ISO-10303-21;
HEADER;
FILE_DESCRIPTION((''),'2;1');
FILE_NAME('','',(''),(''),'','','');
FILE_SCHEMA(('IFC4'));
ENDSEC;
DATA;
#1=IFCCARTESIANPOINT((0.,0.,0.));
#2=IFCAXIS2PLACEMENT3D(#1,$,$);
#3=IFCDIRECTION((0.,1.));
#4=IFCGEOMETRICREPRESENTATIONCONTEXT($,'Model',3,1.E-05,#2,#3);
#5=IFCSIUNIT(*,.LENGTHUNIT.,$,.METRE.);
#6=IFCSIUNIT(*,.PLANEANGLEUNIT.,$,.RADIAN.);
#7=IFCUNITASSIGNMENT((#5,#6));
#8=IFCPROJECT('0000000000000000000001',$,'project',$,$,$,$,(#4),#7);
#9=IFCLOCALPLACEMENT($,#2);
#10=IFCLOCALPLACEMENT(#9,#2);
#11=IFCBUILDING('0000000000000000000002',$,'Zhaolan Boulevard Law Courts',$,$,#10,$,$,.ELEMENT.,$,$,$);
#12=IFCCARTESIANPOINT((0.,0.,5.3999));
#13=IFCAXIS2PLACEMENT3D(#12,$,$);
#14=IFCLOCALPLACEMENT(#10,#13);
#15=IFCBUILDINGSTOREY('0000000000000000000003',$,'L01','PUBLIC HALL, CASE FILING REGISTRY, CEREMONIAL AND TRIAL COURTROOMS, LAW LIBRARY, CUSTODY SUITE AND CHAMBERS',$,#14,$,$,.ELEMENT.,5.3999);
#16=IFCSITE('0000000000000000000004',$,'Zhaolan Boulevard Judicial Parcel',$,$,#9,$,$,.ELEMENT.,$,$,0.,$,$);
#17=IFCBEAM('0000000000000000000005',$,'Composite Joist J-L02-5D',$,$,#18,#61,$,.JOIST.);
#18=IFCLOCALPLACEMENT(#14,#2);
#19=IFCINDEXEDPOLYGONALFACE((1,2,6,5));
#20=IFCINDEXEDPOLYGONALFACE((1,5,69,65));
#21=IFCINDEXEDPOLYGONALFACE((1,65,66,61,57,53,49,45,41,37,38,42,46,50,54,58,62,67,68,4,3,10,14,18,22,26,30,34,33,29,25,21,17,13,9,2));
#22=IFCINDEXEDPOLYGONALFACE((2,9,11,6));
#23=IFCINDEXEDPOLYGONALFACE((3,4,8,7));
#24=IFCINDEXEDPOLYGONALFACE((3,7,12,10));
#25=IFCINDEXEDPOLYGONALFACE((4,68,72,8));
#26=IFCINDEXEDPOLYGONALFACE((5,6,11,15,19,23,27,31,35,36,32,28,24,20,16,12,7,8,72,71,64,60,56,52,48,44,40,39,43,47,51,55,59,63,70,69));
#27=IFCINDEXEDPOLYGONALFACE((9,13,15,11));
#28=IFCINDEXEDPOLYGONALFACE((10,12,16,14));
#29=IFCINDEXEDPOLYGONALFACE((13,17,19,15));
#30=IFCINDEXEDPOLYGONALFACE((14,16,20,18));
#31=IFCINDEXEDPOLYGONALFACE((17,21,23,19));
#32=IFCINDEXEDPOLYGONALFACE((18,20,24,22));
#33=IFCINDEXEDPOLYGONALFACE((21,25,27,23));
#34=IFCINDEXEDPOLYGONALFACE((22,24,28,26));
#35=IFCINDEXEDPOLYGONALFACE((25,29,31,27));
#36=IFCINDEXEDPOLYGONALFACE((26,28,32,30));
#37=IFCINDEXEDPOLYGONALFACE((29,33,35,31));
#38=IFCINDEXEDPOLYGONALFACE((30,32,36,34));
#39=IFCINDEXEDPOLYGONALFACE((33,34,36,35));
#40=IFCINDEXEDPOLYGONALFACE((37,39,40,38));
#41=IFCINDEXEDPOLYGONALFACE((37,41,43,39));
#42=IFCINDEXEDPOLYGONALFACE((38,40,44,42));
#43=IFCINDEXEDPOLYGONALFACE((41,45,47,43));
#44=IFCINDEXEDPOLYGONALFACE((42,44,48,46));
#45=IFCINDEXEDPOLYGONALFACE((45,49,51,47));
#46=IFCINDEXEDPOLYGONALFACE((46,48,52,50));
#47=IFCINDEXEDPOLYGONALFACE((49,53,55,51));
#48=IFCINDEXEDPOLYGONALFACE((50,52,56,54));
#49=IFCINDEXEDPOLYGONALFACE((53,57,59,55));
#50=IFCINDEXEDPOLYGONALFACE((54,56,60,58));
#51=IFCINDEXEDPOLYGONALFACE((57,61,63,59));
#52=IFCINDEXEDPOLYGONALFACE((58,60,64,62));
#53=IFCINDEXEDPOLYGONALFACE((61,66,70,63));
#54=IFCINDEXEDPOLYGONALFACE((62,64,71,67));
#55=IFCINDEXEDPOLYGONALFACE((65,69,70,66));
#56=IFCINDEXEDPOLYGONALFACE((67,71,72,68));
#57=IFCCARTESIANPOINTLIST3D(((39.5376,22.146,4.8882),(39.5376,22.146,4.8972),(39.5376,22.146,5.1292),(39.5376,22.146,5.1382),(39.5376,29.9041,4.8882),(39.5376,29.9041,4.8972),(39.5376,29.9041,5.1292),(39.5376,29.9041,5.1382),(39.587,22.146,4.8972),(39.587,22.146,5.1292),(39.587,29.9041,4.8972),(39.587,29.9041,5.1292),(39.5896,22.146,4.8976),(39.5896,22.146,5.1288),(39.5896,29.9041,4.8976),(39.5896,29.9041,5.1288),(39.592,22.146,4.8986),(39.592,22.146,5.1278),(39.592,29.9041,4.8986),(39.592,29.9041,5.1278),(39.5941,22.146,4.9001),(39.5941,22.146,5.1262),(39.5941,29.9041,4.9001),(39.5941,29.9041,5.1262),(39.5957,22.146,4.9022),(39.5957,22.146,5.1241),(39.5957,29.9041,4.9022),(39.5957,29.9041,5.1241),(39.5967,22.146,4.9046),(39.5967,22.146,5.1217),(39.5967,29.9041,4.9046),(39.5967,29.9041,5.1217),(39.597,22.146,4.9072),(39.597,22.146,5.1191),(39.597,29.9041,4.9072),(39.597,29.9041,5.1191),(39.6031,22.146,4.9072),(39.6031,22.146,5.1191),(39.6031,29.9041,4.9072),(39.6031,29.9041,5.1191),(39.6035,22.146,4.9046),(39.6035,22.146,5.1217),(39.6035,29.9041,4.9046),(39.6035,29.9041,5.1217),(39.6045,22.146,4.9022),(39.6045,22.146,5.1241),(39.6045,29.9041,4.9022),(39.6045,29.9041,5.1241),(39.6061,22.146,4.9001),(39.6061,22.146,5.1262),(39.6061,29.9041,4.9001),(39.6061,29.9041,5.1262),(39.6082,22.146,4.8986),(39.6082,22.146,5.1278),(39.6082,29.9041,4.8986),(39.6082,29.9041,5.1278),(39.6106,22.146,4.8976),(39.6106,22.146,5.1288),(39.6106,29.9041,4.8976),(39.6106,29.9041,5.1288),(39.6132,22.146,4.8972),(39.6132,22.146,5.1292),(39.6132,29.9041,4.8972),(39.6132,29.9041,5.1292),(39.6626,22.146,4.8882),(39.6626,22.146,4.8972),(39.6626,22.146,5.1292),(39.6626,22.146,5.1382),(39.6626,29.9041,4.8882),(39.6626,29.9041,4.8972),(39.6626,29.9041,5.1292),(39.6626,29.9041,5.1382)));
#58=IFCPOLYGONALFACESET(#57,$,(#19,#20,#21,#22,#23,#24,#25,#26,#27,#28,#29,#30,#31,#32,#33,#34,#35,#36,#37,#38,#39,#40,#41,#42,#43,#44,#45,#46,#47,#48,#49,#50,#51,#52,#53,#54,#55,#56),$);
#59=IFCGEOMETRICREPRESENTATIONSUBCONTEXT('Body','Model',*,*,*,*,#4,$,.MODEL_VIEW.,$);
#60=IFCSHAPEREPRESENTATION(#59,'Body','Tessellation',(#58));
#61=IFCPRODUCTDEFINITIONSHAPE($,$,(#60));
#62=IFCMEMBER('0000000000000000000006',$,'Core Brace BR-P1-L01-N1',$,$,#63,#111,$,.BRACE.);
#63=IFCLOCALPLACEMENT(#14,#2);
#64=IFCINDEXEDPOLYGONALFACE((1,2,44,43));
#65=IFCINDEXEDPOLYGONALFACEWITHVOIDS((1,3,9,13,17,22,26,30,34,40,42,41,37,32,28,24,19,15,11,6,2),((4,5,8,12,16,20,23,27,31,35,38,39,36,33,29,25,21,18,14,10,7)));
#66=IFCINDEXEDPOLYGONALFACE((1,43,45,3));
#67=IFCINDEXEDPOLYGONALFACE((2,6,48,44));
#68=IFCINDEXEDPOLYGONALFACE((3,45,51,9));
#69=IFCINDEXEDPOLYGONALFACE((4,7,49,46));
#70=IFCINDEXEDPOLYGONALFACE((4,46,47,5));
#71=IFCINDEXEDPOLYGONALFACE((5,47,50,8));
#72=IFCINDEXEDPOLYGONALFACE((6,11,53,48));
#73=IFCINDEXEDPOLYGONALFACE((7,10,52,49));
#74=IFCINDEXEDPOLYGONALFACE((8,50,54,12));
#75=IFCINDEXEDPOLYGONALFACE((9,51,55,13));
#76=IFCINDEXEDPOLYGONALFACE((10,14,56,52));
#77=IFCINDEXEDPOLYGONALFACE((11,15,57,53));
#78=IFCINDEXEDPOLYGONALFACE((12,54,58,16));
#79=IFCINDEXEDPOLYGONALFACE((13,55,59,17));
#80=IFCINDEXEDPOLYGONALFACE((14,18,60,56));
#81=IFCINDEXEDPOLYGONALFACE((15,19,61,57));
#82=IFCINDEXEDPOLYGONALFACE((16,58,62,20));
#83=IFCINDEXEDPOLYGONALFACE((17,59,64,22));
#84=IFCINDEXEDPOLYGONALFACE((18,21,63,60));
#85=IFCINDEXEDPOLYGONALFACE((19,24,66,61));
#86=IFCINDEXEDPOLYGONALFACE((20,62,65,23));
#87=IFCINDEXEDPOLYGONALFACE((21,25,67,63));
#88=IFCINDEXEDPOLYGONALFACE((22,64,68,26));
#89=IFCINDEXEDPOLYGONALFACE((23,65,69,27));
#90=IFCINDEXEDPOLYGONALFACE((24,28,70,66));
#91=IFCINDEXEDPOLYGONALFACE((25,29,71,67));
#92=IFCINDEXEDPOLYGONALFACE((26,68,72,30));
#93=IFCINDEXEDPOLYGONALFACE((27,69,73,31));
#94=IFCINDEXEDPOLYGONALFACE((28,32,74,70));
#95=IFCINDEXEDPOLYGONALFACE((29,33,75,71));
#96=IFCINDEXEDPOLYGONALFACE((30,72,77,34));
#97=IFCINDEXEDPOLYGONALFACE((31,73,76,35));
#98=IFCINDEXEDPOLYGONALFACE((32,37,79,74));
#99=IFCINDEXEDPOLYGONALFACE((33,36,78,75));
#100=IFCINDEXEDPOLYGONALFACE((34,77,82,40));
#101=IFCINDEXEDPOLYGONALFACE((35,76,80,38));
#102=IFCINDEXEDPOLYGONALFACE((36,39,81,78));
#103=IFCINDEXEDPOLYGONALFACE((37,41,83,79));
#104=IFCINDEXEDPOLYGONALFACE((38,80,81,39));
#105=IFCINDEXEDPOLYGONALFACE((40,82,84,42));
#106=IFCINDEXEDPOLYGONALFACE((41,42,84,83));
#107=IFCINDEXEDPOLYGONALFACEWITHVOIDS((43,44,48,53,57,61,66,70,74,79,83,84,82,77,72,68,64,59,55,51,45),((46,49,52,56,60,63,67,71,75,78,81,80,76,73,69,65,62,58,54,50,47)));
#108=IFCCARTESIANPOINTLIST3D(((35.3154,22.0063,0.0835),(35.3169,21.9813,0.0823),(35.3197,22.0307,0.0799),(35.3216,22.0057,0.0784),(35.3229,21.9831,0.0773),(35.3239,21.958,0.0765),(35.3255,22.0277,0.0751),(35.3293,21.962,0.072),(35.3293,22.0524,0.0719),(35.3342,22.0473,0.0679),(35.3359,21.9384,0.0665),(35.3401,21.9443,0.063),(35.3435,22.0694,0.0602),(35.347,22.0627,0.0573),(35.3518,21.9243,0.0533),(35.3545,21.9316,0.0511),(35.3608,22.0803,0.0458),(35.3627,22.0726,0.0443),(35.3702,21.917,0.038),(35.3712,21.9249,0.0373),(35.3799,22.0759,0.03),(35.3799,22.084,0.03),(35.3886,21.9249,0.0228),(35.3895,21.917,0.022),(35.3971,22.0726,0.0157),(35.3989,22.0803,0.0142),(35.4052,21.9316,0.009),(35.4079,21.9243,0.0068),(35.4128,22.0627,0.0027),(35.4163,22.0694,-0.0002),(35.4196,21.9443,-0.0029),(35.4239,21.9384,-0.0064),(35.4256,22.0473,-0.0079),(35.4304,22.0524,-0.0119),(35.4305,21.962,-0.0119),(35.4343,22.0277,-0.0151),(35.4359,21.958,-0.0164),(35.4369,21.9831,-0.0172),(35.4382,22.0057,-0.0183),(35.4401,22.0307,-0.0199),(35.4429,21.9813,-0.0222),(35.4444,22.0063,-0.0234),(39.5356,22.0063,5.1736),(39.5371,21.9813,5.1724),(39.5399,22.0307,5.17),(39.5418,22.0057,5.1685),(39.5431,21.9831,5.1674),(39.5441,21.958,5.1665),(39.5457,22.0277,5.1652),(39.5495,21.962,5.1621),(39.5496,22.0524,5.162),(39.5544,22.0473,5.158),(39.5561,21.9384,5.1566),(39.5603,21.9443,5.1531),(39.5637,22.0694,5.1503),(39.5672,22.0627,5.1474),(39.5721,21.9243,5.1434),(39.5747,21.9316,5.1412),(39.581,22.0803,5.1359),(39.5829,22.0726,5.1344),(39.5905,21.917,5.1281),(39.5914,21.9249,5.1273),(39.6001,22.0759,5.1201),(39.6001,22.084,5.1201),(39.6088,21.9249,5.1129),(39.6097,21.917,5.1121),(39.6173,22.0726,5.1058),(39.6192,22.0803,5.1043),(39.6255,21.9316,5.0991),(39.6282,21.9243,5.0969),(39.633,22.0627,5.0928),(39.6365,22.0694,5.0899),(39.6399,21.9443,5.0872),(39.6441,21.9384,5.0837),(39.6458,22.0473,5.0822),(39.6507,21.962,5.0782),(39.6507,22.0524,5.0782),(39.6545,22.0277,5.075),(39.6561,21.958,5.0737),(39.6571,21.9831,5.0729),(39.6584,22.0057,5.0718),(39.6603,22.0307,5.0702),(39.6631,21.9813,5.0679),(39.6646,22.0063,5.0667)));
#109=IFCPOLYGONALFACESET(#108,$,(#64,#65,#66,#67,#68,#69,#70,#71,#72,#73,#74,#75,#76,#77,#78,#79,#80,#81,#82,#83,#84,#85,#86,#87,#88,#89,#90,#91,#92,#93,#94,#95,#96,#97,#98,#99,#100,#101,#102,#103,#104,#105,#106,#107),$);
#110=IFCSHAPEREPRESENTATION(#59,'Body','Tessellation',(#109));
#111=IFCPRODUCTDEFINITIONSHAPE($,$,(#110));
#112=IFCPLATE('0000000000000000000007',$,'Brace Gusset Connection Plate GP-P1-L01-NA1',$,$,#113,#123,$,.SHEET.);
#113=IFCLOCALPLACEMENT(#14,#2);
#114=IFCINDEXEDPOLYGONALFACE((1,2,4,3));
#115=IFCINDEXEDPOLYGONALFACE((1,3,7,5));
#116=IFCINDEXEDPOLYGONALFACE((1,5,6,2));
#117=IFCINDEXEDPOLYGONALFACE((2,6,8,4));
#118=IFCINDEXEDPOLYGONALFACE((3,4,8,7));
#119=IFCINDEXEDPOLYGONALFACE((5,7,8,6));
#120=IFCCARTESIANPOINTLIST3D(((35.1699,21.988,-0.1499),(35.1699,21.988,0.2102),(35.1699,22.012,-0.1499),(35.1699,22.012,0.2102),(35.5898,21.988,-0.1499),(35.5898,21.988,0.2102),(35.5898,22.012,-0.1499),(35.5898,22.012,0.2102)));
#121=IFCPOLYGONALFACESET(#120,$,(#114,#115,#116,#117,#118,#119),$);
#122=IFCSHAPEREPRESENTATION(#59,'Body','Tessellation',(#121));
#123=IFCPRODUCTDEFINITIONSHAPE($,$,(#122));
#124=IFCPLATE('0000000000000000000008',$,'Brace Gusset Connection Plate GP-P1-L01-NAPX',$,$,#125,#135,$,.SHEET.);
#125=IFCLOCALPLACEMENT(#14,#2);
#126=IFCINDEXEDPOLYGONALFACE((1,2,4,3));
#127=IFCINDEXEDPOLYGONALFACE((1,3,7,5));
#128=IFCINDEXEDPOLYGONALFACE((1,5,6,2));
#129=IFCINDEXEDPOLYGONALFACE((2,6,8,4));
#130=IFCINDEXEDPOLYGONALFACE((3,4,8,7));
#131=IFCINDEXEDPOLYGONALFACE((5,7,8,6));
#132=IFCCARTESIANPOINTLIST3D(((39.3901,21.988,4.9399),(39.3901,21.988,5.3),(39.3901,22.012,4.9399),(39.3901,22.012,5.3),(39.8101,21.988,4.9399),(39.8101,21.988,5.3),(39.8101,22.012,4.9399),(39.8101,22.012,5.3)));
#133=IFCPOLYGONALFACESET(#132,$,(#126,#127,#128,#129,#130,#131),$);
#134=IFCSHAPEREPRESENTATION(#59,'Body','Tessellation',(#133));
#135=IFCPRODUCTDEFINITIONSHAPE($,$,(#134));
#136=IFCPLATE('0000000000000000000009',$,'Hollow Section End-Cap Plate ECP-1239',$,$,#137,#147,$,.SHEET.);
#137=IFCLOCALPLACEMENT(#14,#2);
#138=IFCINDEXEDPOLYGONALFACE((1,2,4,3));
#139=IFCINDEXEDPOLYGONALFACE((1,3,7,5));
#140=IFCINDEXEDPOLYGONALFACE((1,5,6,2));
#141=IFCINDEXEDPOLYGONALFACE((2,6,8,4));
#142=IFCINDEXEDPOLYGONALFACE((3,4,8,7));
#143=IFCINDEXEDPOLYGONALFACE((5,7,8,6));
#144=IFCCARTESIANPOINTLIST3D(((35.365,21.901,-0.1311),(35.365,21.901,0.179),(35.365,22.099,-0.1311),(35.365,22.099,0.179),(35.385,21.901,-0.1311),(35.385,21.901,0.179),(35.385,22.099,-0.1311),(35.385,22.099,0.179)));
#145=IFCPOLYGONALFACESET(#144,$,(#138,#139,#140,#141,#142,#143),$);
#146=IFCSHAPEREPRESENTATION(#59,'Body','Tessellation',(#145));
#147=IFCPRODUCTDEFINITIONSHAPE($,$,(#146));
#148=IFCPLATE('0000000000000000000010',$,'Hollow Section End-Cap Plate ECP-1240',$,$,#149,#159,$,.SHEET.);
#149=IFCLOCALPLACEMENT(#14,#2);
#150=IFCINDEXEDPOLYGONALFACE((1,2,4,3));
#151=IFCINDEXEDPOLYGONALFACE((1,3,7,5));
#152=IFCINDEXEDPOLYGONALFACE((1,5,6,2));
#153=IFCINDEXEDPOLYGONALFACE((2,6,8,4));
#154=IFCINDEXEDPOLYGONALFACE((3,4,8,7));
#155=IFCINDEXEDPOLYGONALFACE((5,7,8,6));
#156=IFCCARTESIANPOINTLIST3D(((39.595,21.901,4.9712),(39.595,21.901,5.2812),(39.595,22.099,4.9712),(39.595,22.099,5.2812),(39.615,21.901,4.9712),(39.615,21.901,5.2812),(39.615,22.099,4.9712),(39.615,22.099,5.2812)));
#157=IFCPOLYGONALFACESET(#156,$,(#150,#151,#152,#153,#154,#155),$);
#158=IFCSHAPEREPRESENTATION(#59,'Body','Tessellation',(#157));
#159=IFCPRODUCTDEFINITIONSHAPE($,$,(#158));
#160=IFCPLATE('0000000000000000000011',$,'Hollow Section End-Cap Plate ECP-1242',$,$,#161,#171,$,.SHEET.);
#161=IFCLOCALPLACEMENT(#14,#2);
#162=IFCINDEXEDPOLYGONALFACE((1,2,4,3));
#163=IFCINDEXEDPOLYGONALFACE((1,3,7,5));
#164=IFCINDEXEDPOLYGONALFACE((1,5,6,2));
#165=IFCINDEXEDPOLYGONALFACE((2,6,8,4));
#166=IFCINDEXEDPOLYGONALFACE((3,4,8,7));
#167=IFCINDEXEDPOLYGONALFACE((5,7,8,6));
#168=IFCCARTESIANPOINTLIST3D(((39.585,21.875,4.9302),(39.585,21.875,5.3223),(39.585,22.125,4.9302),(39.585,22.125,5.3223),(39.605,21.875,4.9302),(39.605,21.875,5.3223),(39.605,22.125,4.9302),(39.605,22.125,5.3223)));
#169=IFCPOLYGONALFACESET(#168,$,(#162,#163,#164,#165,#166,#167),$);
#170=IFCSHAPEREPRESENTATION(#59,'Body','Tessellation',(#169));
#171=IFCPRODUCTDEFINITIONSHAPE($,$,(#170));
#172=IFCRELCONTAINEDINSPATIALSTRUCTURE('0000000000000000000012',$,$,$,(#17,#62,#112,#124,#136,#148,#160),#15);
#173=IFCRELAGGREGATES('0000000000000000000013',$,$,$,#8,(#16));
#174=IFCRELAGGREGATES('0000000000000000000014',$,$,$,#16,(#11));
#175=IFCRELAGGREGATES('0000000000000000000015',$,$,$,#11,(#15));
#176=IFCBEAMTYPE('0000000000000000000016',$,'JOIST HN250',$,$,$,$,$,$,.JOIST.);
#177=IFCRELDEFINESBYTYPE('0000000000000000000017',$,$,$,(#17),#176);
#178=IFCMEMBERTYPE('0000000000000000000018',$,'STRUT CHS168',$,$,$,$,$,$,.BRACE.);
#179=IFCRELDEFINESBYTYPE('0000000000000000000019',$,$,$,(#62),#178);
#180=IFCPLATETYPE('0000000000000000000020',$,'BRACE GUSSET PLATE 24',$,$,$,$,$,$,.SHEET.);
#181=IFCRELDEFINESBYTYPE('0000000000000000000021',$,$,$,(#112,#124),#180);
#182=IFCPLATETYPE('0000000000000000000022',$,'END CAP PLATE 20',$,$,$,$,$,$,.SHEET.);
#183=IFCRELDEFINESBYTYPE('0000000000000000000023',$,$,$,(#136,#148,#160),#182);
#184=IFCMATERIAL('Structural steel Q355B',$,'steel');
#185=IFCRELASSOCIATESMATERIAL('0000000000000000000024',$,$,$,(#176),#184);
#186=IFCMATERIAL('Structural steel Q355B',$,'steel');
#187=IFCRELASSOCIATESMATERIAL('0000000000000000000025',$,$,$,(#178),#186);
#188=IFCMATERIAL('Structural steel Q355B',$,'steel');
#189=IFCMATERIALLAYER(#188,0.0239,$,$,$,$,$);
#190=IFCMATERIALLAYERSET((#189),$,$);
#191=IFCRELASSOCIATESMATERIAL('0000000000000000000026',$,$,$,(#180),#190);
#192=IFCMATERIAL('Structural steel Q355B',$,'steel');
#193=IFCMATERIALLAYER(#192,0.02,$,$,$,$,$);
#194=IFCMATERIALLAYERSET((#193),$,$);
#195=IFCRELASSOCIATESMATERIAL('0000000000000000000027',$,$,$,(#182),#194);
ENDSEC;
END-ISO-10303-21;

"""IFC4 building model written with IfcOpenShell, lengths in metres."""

from ifc_helpers import new_model, si_unit, direction, frame, origin, origin_2d, place, context, subcontext, project, spatial, rectangle, hollow_circle, i_section, extrude, material, layer, layer_set, material_profile, profile_set, type_object, element, save


model = new_model("IFC4")

# Units and contexts
model_context = context("Model", 3, precision=1e-05, world=origin(), true_north=direction((0.0, 1.0)))
body_context = subcontext(model_context, "Body", "Model", "MODEL_VIEW")
ifc_project = project(units=[si_unit("LENGTHUNIT", "METRE"), si_unit("PLANEANGLEUNIT", "RADIAN")], contexts=[model_context])

# Site, building, storey
site_placement = place(None, origin())
site = spatial("IfcSite", under=ifc_project, at=site_placement, Name="Zhaolan Boulevard Judicial Parcel", CompositionType="ELEMENT", RefElevation=0.0)
building_placement = place(site_placement, origin())
building = spatial("IfcBuilding", under=site, at=building_placement, Name="Zhaolan Boulevard Law Courts", CompositionType="ELEMENT")
storey_placement = place(building_placement, frame((0.0, 0.0, 5.3999)))
storey = spatial("IfcBuildingStorey", under=building, at=storey_placement, Name="L01", Description="PUBLIC HALL, CASE FILING REGISTRY, CEREMONIAL AND TRIAL COURTROOMS, LAW LIBRARY, CUSTODY SUITE AND CHAMBERS", CompositionType="ELEMENT", Elevation=5.3999)

# Beam
ifc_material_1 = material(Name="Structural steel Q355B", Category="steel")
ifc_material_profile_1 = material_profile(ifc_material_1, i_section(OverallWidth=0.125, OverallDepth=0.25, WebThickness=0.0061, FlangeThickness=0.009, FilletRadius=0.01, at=origin_2d()), Name="HN250x125")
ifc_profile_set_1 = profile_set([ifc_material_profile_1], Name="Structural steel Q355B")
beam_type_1 = type_object("IfcBeamType", Name="JOIST HN250", PredefinedType="JOIST", material=ifc_profile_set_1)
beam_1_placement = place(storey_placement, frame((39.6001, 22.146, 5.0132), z_axis=(0.0, 1.0, 0.0), x_axis=(-1.0, 0.0, 0.0)))
element("IfcBeam", 1, at=beam_1_placement, inside=storey, type_object=beam_type_1, Name="Composite Joist J-L02-5D", PredefinedType="JOIST", context=body_context, shape_type="SweptSolid", body=[
    extrude(i_section(OverallWidth=0.125, OverallDepth=0.25, WebThickness=0.0061, FlangeThickness=0.009, FilletRadius=0.01, at=origin_2d()), origin(), (0.0, 0.0, 1.0), 7.7581),
])

# Member
ifc_material_2 = material(Name="Structural steel Q355B", Category="steel")
ifc_material_profile_2 = material_profile(ifc_material_2, hollow_circle(Radius=0.084, WallThickness=0.0081, at=origin_2d()), Name="CHS168x8")
ifc_profile_set_2 = profile_set([ifc_material_profile_2], Name="Structural steel Q355B")
member_type = type_object("IfcMemberType", Name="STRUT CHS168", PredefinedType="BRACE", material=ifc_profile_set_2)
member_placement = place(storey_placement, frame((35.3799, 22.0, 0.03), z_axis=(0.638261, 0.0, 0.76982), x_axis=(0.0, 1.0, 0.0)))
element("IfcMember", 2, at=member_placement, inside=storey, type_object=member_type, Name="Core Brace BR-P1-L01-N1", PredefinedType="BRACE", context=body_context, shape_type="SweptSolid", body=[
    extrude(hollow_circle(Radius=0.084, WallThickness=0.0081, at=origin_2d()), origin(), (0.0, 0.0, 1.0), 6.6121),
])

# Plates
ifc_material_3 = material(Name="Structural steel Q355B", Category="steel")
ifc_layer_1 = layer(ifc_material_3, 0.0239)
ifc_layer_set_1 = layer_set([ifc_layer_1])
plate_type_1 = type_object("IfcPlateType", Name="BRACE GUSSET PLATE 24", PredefinedType="SHEET", material=ifc_layer_set_1)
for number, where, z_axis, x_axis, name in (
    (3, (35.3799, 22.0, -0.1499), (0.0, 0.0, 1.0), (1.0, 0.0, 0.0), "Brace Gusset Connection Plate GP-P1-L01-NA1"),
    (4, (39.6001, 22.0, 4.9399), (0.0, 0.0, 1.0), (1.0, 0.0, 0.0), "Brace Gusset Connection Plate GP-P1-L01-NAPX"),
):
    element("IfcPlate", number, at=place(storey_placement, frame(where, z_axis=z_axis, x_axis=x_axis)), inside=storey, type_object=plate_type_1, Name=name, PredefinedType="SHEET", context=body_context, shape_type="SweptSolid", body=[
        extrude(rectangle(XDim=0.4199, YDim=0.0239, at=origin_2d()), origin(), (0.0, 0.0, 1.0), 0.3601),
    ])
ifc_material_4 = material(Name="Structural steel Q355B", Category="steel")
ifc_layer_2 = layer(ifc_material_4, 0.02)
ifc_layer_set_2 = layer_set([ifc_layer_2])
plate_type_2 = type_object("IfcPlateType", Name="END CAP PLATE 20", PredefinedType="SHEET", material=ifc_layer_set_2)
for number, where, z_axis, x_axis, name in (
    (5, (35.375, 22.0, -0.1311), (0.0, 0.0, 1.0), (1.0, 0.0, 0.0), "Hollow Section End-Cap Plate ECP-1239"),
    (6, (39.605, 22.0, 4.9712), (0.0, 0.0, 1.0), (1.0, 0.0, 0.0), "Hollow Section End-Cap Plate ECP-1240"),
):
    element("IfcPlate", number, at=place(storey_placement, frame(where, z_axis=z_axis, x_axis=x_axis)), inside=storey, type_object=plate_type_2, Name=name, PredefinedType="SHEET", context=body_context, shape_type="SweptSolid", body=[
        extrude(rectangle(XDim=0.02, YDim=0.198, at=origin_2d()), origin(), (0.0, 0.0, 1.0), 0.3101),
    ])
plate_placement = place(storey_placement, frame((39.595, 22.0, 4.9302), z_axis=(0.0, 0.0, 1.0), x_axis=(-1.0, 0.0, 0.0)))
element("IfcPlate", 7, at=plate_placement, inside=storey, type_object=plate_type_2, Name="Hollow Section End-Cap Plate ECP-1242", PredefinedType="SHEET", context=body_context, shape_type="SweptSolid", body=[
    extrude(rectangle(XDim=0.02, YDim=0.25, at=origin_2d()), origin(), (0.0, 0.0, 1.0), 0.3921),
])

save(model, "model.ifc")
